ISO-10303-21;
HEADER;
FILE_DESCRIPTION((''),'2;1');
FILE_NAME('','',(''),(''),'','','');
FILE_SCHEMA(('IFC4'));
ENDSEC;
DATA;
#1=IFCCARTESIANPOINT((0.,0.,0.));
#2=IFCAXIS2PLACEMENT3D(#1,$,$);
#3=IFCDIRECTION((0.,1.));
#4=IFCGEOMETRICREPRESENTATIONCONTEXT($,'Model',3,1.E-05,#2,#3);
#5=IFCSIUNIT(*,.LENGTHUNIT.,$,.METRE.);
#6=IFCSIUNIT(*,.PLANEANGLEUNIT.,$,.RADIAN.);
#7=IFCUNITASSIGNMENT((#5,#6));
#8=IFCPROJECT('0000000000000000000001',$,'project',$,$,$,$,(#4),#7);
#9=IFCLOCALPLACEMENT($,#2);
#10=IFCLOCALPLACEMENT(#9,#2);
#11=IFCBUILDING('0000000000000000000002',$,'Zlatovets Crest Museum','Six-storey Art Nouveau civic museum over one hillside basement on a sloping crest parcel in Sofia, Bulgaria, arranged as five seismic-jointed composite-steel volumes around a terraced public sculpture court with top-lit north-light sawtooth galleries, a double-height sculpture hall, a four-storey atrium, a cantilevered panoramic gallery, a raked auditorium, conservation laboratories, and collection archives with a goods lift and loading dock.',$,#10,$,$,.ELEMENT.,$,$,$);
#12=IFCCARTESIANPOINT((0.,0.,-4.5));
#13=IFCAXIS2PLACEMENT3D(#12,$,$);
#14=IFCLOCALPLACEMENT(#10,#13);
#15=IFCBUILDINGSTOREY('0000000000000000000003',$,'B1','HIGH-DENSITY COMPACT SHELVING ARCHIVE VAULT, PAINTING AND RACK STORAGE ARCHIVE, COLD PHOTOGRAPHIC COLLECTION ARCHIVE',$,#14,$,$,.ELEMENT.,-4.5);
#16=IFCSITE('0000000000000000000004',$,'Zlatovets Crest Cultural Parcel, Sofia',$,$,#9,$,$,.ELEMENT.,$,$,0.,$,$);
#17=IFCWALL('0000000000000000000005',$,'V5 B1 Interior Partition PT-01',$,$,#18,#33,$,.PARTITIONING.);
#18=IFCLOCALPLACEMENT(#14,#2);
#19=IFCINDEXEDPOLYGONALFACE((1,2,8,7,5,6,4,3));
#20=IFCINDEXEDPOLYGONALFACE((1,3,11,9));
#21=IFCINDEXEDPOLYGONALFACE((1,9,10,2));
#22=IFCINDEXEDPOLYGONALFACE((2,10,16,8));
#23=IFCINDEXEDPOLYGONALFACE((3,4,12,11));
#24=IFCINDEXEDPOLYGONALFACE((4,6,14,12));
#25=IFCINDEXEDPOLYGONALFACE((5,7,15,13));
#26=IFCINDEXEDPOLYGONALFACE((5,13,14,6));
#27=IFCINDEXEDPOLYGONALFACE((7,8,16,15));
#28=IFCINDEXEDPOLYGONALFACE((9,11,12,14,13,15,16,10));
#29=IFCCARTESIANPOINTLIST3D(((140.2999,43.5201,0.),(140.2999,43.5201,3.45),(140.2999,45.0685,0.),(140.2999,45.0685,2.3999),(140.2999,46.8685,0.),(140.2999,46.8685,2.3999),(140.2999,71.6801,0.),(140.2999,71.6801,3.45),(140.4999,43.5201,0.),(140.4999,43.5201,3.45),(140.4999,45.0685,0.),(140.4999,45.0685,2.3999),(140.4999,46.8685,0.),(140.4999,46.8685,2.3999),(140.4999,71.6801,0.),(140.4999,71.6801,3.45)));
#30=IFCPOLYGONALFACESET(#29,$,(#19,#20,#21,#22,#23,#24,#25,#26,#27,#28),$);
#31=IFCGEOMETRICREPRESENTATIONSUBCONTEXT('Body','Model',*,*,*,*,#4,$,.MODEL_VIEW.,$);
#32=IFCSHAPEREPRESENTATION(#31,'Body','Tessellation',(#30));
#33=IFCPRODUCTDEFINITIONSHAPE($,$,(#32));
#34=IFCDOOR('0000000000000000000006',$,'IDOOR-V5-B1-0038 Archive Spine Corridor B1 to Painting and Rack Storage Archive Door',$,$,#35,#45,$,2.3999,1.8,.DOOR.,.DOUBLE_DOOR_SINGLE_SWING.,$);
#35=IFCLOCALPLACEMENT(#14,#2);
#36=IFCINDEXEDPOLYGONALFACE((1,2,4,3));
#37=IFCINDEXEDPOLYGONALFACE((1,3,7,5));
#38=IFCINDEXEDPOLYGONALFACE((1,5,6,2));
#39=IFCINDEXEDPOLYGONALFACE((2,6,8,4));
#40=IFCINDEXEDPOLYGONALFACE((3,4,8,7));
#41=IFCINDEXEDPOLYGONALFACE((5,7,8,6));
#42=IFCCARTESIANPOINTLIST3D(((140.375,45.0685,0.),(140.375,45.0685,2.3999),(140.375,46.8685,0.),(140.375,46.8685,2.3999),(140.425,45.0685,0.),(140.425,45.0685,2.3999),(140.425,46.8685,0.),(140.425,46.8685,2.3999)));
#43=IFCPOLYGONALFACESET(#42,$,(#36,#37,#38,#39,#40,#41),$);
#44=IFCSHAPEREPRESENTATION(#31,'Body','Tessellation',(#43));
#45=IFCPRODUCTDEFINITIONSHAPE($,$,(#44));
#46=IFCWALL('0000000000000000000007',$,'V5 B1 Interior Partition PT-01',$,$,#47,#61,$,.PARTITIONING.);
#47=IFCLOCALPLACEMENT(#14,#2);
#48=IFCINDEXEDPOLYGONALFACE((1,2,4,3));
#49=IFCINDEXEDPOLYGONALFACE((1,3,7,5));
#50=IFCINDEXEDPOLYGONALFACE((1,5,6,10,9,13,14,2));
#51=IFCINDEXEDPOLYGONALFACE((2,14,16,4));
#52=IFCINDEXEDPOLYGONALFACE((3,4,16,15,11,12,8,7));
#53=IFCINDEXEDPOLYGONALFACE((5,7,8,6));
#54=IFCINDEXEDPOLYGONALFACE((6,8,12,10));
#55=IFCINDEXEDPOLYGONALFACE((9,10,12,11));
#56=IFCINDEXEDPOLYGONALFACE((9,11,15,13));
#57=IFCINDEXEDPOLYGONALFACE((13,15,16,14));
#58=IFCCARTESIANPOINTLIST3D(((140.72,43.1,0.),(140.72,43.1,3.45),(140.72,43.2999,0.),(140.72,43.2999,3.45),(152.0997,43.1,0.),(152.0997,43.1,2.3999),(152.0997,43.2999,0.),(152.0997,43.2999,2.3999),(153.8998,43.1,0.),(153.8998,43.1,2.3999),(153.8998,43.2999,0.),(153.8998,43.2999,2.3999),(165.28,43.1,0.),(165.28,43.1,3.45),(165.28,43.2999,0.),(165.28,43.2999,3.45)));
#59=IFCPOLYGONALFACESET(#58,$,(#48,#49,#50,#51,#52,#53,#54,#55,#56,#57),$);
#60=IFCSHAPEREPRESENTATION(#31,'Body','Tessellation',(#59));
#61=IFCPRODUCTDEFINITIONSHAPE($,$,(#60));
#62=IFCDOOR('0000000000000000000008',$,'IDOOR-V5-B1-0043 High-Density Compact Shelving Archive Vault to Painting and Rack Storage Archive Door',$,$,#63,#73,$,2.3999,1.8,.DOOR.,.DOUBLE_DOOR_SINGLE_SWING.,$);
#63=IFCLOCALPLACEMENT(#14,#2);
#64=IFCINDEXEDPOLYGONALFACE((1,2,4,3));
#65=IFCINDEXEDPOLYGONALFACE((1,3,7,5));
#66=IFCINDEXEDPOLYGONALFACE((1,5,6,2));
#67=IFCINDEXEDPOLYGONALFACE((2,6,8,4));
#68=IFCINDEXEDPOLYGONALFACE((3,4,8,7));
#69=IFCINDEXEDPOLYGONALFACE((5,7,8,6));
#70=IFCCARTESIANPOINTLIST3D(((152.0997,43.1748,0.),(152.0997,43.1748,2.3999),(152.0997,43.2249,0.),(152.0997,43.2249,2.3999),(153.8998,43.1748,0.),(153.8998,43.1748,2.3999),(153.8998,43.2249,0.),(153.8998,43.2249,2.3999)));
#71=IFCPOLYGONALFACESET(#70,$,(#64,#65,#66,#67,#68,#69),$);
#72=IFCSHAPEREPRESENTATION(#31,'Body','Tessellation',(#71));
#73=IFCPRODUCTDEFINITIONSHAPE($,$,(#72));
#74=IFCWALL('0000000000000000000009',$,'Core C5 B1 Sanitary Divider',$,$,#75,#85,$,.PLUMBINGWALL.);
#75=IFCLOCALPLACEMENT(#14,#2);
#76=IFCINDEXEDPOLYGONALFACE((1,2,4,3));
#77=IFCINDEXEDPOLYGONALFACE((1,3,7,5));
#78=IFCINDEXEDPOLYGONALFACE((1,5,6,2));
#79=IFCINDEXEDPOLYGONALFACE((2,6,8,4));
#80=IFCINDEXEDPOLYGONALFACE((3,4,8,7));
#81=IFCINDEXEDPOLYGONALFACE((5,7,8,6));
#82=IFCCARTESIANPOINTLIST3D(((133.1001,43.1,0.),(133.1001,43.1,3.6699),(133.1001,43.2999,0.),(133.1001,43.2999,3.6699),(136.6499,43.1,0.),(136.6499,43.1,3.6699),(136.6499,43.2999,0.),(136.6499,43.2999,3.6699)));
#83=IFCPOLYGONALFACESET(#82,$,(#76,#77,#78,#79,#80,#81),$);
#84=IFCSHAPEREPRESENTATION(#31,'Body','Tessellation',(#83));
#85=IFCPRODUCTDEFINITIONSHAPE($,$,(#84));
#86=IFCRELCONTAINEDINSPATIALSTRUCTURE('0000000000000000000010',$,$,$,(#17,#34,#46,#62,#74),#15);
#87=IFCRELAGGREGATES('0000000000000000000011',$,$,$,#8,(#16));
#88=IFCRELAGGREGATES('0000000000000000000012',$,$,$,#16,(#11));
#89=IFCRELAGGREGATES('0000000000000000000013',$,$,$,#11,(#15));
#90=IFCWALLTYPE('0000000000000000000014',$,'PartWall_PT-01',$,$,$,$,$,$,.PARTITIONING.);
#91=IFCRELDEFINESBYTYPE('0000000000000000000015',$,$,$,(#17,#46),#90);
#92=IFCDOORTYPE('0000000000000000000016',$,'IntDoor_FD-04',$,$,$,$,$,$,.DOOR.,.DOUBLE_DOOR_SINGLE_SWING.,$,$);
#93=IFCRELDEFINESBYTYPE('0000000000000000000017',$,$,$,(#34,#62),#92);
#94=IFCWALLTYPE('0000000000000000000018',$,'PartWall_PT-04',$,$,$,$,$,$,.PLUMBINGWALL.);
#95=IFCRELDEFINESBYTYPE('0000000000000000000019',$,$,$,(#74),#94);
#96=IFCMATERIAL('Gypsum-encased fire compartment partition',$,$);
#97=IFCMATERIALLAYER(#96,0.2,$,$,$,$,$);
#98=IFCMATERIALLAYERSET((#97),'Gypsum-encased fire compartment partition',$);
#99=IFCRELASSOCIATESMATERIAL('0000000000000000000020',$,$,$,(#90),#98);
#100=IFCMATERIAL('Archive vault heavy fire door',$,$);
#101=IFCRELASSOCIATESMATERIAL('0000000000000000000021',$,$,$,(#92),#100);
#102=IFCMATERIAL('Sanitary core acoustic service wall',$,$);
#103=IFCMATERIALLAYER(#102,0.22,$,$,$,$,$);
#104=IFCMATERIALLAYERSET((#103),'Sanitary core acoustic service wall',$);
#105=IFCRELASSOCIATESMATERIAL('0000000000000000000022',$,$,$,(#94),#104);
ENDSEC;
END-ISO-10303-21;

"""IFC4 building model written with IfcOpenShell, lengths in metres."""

from ifc_helpers import new_model, si_unit, direction, frame, frame_2d, origin, place, context, subcontext, project, spatial, rectangle, extrude, material, layer, layer_set, type_object, element, fill, save


model = new_model("IFC4")

# Units and contexts
model_context = context("Model", 3, precision=1e-05, world=origin(), true_north=direction((0.0, 1.0)))
body_context = subcontext(model_context, "Body", "Model", "MODEL_VIEW")
ifc_project = project(units=[si_unit("LENGTHUNIT", "METRE"), si_unit("PLANEANGLEUNIT", "RADIAN")], contexts=[model_context])

# Site, building, storey
site_placement = place(None, origin())
site = spatial("IfcSite", under=ifc_project, at=site_placement, Name="Zlatovets Crest Cultural Parcel, Sofia", CompositionType="ELEMENT", RefElevation=0.0)
building_placement = place(site_placement, origin())
building = spatial("IfcBuilding", under=site, at=building_placement, Name="Zlatovets Crest Museum", Description="Six-storey Art Nouveau civic museum over one hillside basement on a sloping crest parcel in Sofia, Bulgaria, arranged as five seismic-jointed composite-steel volumes around a terraced public sculpture court with top-lit north-light sawtooth galleries, a double-height sculpture hall, a four-storey atrium, a cantilevered panoramic gallery, a raked auditorium, conservation laboratories, and collection archives with a goods lift and loading dock.", CompositionType="ELEMENT")
storey_placement = place(building_placement, frame((0.0, 0.0, -4.5)))
storey = spatial("IfcBuildingStorey", under=building, at=storey_placement, Name="B1", Description="HIGH-DENSITY COMPACT SHELVING ARCHIVE VAULT, PAINTING AND RACK STORAGE ARCHIVE, COLD PHOTOGRAPHIC COLLECTION ARCHIVE", CompositionType="ELEMENT", Elevation=-4.5)

# Walls, openings, doors
ifc_material_1 = material(Name="Gypsum-encased fire compartment partition")
ifc_layer_1 = layer(ifc_material_1, 0.2)
ifc_layer_set_1 = layer_set([ifc_layer_1], Name="Gypsum-encased fire compartment partition")
wall_type_1 = type_object("IfcWallType", Name="PartWall_PT-01", PredefinedType="PARTITIONING", material=ifc_layer_set_1)
wall_1_placement = place(storey_placement, frame((140.3999, 43.52, 0.0), z_axis=(0.0, 0.0, 1.0), x_axis=(0.0, 1.0, 0.0)))
wall_1 = element("IfcWall", 1, at=wall_1_placement, inside=storey, type_object=wall_type_1, Name="V5 B1 Interior Partition PT-01", PredefinedType="PARTITIONING", context=body_context, shape_type="SweptSolid", body=[
    extrude(rectangle(XDim=28.1599, YDim=0.2, at=frame_2d((14.0801, 0.0))), origin(), (0.0, 0.0, 1.0), 3.45),
])
opening_1_placement = place(wall_1_placement, frame((1.5486, 0.0, 0.0)))
opening_1 = element("IfcOpeningElement", 2, at=opening_1_placement, cuts=wall_1, PredefinedType="OPENING", context=body_context, shape_type="SweptSolid", body=[
    extrude(rectangle(XDim=1.8, YDim=2.3999, at=frame_2d((0.8999, 1.2))), frame((0.0, 0.1099, 0.0), z_axis=(0.0, -1.0, 0.0), x_axis=(1.0, 0.0, 0.0)), (0.0, 0.0, 1.0), 0.22),
])
ifc_material_2 = material(Name="Archive vault heavy fire door")
door_type_1 = type_object("IfcDoorType", Name="IntDoor_FD-04", OperationType="DOUBLE_DOOR_SINGLE_SWING", PredefinedType="DOOR", material=ifc_material_2)
door_1_placement = place(opening_1_placement, origin())
door_1 = element("IfcDoor", 3, at=door_1_placement, inside=storey, type_object=door_type_1, Name="IDOOR-V5-B1-0038 Archive Spine Corridor B1 to Painting and Rack Storage Archive Door", OperationType="DOUBLE_DOOR_SINGLE_SWING", OverallHeight=2.3999, OverallWidth=1.8, PredefinedType="DOOR", context=body_context, shape_type="SweptSolid", body=[
    extrude(rectangle(XDim=1.8, YDim=2.3999, at=frame_2d((0.8999, 1.2))), frame((0.0, 0.0249, 0.0), z_axis=(0.0, -1.0, 0.0), x_axis=(1.0, 0.0, 0.0)), (0.0, 0.0, 1.0), 0.05),
])
fill(opening_1, door_1)
wall_2_placement = place(storey_placement, frame((140.72, 43.2, 0.0), z_axis=(0.0, 0.0, 1.0), x_axis=(1.0, 0.0, 0.0)))
wall_2 = element("IfcWall", 4, at=wall_2_placement, inside=storey, type_object=wall_type_1, Name="V5 B1 Interior Partition PT-01", PredefinedType="PARTITIONING", context=body_context, shape_type="SweptSolid", body=[
    extrude(rectangle(XDim=24.5601, YDim=0.2, at=frame_2d((12.28, 0.0))), origin(), (0.0, 0.0, 1.0), 3.45),
])
opening_2_placement = place(wall_2_placement, frame((11.3799, 0.0, 0.0)))
opening_2 = element("IfcOpeningElement", 5, at=opening_2_placement, cuts=wall_2, PredefinedType="OPENING", context=body_context, shape_type="SweptSolid", body=[
    extrude(rectangle(XDim=1.8, YDim=2.3999, at=frame_2d((0.8999, 1.2))), frame((0.0, 0.1099, 0.0), z_axis=(0.0, -1.0, 0.0), x_axis=(1.0, 0.0, 0.0)), (0.0, 0.0, 1.0), 0.22),
])
door_2_placement = place(opening_2_placement, origin())
door_2 = element("IfcDoor", 6, at=door_2_placement, inside=storey, type_object=door_type_1, Name="IDOOR-V5-B1-0043 High-Density Compact Shelving Archive Vault to Painting and Rack Storage Archive Door", OperationType="DOUBLE_DOOR_SINGLE_SWING", OverallHeight=2.3999, OverallWidth=1.8, PredefinedType="DOOR", context=body_context, shape_type="SweptSolid", body=[
    extrude(rectangle(XDim=1.8, YDim=2.3999, at=frame_2d((0.8999, 1.2))), frame((0.0, 0.0249, 0.0), z_axis=(0.0, -1.0, 0.0), x_axis=(1.0, 0.0, 0.0)), (0.0, 0.0, 1.0), 0.05),
])
fill(opening_2, door_2)

# Wall
ifc_material_3 = material(Name="Sanitary core acoustic service wall")
ifc_layer_2 = layer(ifc_material_3, 0.22)
ifc_layer_set_2 = layer_set([ifc_layer_2], Name="Sanitary core acoustic service wall")
wall_type_2 = type_object("IfcWallType", Name="PartWall_PT-04", PredefinedType="PLUMBINGWALL", material=ifc_layer_set_2)
wall_3_placement = place(storey_placement, frame((133.1001, 43.2, 0.0), z_axis=(0.0, 0.0, 1.0), x_axis=(1.0, 0.0, 0.0)))
element("IfcWall", 7, at=wall_3_placement, inside=storey, type_object=wall_type_2, Name="Core C5 B1 Sanitary Divider", PredefinedType="PLUMBINGWALL", context=body_context, shape_type="SweptSolid", body=[
    extrude(rectangle(XDim=3.5498, YDim=0.2, at=frame_2d((1.7749, 0.0))), origin(), (0.0, 0.0, 1.0), 3.6699),
])

save(model, "model.ifc")
